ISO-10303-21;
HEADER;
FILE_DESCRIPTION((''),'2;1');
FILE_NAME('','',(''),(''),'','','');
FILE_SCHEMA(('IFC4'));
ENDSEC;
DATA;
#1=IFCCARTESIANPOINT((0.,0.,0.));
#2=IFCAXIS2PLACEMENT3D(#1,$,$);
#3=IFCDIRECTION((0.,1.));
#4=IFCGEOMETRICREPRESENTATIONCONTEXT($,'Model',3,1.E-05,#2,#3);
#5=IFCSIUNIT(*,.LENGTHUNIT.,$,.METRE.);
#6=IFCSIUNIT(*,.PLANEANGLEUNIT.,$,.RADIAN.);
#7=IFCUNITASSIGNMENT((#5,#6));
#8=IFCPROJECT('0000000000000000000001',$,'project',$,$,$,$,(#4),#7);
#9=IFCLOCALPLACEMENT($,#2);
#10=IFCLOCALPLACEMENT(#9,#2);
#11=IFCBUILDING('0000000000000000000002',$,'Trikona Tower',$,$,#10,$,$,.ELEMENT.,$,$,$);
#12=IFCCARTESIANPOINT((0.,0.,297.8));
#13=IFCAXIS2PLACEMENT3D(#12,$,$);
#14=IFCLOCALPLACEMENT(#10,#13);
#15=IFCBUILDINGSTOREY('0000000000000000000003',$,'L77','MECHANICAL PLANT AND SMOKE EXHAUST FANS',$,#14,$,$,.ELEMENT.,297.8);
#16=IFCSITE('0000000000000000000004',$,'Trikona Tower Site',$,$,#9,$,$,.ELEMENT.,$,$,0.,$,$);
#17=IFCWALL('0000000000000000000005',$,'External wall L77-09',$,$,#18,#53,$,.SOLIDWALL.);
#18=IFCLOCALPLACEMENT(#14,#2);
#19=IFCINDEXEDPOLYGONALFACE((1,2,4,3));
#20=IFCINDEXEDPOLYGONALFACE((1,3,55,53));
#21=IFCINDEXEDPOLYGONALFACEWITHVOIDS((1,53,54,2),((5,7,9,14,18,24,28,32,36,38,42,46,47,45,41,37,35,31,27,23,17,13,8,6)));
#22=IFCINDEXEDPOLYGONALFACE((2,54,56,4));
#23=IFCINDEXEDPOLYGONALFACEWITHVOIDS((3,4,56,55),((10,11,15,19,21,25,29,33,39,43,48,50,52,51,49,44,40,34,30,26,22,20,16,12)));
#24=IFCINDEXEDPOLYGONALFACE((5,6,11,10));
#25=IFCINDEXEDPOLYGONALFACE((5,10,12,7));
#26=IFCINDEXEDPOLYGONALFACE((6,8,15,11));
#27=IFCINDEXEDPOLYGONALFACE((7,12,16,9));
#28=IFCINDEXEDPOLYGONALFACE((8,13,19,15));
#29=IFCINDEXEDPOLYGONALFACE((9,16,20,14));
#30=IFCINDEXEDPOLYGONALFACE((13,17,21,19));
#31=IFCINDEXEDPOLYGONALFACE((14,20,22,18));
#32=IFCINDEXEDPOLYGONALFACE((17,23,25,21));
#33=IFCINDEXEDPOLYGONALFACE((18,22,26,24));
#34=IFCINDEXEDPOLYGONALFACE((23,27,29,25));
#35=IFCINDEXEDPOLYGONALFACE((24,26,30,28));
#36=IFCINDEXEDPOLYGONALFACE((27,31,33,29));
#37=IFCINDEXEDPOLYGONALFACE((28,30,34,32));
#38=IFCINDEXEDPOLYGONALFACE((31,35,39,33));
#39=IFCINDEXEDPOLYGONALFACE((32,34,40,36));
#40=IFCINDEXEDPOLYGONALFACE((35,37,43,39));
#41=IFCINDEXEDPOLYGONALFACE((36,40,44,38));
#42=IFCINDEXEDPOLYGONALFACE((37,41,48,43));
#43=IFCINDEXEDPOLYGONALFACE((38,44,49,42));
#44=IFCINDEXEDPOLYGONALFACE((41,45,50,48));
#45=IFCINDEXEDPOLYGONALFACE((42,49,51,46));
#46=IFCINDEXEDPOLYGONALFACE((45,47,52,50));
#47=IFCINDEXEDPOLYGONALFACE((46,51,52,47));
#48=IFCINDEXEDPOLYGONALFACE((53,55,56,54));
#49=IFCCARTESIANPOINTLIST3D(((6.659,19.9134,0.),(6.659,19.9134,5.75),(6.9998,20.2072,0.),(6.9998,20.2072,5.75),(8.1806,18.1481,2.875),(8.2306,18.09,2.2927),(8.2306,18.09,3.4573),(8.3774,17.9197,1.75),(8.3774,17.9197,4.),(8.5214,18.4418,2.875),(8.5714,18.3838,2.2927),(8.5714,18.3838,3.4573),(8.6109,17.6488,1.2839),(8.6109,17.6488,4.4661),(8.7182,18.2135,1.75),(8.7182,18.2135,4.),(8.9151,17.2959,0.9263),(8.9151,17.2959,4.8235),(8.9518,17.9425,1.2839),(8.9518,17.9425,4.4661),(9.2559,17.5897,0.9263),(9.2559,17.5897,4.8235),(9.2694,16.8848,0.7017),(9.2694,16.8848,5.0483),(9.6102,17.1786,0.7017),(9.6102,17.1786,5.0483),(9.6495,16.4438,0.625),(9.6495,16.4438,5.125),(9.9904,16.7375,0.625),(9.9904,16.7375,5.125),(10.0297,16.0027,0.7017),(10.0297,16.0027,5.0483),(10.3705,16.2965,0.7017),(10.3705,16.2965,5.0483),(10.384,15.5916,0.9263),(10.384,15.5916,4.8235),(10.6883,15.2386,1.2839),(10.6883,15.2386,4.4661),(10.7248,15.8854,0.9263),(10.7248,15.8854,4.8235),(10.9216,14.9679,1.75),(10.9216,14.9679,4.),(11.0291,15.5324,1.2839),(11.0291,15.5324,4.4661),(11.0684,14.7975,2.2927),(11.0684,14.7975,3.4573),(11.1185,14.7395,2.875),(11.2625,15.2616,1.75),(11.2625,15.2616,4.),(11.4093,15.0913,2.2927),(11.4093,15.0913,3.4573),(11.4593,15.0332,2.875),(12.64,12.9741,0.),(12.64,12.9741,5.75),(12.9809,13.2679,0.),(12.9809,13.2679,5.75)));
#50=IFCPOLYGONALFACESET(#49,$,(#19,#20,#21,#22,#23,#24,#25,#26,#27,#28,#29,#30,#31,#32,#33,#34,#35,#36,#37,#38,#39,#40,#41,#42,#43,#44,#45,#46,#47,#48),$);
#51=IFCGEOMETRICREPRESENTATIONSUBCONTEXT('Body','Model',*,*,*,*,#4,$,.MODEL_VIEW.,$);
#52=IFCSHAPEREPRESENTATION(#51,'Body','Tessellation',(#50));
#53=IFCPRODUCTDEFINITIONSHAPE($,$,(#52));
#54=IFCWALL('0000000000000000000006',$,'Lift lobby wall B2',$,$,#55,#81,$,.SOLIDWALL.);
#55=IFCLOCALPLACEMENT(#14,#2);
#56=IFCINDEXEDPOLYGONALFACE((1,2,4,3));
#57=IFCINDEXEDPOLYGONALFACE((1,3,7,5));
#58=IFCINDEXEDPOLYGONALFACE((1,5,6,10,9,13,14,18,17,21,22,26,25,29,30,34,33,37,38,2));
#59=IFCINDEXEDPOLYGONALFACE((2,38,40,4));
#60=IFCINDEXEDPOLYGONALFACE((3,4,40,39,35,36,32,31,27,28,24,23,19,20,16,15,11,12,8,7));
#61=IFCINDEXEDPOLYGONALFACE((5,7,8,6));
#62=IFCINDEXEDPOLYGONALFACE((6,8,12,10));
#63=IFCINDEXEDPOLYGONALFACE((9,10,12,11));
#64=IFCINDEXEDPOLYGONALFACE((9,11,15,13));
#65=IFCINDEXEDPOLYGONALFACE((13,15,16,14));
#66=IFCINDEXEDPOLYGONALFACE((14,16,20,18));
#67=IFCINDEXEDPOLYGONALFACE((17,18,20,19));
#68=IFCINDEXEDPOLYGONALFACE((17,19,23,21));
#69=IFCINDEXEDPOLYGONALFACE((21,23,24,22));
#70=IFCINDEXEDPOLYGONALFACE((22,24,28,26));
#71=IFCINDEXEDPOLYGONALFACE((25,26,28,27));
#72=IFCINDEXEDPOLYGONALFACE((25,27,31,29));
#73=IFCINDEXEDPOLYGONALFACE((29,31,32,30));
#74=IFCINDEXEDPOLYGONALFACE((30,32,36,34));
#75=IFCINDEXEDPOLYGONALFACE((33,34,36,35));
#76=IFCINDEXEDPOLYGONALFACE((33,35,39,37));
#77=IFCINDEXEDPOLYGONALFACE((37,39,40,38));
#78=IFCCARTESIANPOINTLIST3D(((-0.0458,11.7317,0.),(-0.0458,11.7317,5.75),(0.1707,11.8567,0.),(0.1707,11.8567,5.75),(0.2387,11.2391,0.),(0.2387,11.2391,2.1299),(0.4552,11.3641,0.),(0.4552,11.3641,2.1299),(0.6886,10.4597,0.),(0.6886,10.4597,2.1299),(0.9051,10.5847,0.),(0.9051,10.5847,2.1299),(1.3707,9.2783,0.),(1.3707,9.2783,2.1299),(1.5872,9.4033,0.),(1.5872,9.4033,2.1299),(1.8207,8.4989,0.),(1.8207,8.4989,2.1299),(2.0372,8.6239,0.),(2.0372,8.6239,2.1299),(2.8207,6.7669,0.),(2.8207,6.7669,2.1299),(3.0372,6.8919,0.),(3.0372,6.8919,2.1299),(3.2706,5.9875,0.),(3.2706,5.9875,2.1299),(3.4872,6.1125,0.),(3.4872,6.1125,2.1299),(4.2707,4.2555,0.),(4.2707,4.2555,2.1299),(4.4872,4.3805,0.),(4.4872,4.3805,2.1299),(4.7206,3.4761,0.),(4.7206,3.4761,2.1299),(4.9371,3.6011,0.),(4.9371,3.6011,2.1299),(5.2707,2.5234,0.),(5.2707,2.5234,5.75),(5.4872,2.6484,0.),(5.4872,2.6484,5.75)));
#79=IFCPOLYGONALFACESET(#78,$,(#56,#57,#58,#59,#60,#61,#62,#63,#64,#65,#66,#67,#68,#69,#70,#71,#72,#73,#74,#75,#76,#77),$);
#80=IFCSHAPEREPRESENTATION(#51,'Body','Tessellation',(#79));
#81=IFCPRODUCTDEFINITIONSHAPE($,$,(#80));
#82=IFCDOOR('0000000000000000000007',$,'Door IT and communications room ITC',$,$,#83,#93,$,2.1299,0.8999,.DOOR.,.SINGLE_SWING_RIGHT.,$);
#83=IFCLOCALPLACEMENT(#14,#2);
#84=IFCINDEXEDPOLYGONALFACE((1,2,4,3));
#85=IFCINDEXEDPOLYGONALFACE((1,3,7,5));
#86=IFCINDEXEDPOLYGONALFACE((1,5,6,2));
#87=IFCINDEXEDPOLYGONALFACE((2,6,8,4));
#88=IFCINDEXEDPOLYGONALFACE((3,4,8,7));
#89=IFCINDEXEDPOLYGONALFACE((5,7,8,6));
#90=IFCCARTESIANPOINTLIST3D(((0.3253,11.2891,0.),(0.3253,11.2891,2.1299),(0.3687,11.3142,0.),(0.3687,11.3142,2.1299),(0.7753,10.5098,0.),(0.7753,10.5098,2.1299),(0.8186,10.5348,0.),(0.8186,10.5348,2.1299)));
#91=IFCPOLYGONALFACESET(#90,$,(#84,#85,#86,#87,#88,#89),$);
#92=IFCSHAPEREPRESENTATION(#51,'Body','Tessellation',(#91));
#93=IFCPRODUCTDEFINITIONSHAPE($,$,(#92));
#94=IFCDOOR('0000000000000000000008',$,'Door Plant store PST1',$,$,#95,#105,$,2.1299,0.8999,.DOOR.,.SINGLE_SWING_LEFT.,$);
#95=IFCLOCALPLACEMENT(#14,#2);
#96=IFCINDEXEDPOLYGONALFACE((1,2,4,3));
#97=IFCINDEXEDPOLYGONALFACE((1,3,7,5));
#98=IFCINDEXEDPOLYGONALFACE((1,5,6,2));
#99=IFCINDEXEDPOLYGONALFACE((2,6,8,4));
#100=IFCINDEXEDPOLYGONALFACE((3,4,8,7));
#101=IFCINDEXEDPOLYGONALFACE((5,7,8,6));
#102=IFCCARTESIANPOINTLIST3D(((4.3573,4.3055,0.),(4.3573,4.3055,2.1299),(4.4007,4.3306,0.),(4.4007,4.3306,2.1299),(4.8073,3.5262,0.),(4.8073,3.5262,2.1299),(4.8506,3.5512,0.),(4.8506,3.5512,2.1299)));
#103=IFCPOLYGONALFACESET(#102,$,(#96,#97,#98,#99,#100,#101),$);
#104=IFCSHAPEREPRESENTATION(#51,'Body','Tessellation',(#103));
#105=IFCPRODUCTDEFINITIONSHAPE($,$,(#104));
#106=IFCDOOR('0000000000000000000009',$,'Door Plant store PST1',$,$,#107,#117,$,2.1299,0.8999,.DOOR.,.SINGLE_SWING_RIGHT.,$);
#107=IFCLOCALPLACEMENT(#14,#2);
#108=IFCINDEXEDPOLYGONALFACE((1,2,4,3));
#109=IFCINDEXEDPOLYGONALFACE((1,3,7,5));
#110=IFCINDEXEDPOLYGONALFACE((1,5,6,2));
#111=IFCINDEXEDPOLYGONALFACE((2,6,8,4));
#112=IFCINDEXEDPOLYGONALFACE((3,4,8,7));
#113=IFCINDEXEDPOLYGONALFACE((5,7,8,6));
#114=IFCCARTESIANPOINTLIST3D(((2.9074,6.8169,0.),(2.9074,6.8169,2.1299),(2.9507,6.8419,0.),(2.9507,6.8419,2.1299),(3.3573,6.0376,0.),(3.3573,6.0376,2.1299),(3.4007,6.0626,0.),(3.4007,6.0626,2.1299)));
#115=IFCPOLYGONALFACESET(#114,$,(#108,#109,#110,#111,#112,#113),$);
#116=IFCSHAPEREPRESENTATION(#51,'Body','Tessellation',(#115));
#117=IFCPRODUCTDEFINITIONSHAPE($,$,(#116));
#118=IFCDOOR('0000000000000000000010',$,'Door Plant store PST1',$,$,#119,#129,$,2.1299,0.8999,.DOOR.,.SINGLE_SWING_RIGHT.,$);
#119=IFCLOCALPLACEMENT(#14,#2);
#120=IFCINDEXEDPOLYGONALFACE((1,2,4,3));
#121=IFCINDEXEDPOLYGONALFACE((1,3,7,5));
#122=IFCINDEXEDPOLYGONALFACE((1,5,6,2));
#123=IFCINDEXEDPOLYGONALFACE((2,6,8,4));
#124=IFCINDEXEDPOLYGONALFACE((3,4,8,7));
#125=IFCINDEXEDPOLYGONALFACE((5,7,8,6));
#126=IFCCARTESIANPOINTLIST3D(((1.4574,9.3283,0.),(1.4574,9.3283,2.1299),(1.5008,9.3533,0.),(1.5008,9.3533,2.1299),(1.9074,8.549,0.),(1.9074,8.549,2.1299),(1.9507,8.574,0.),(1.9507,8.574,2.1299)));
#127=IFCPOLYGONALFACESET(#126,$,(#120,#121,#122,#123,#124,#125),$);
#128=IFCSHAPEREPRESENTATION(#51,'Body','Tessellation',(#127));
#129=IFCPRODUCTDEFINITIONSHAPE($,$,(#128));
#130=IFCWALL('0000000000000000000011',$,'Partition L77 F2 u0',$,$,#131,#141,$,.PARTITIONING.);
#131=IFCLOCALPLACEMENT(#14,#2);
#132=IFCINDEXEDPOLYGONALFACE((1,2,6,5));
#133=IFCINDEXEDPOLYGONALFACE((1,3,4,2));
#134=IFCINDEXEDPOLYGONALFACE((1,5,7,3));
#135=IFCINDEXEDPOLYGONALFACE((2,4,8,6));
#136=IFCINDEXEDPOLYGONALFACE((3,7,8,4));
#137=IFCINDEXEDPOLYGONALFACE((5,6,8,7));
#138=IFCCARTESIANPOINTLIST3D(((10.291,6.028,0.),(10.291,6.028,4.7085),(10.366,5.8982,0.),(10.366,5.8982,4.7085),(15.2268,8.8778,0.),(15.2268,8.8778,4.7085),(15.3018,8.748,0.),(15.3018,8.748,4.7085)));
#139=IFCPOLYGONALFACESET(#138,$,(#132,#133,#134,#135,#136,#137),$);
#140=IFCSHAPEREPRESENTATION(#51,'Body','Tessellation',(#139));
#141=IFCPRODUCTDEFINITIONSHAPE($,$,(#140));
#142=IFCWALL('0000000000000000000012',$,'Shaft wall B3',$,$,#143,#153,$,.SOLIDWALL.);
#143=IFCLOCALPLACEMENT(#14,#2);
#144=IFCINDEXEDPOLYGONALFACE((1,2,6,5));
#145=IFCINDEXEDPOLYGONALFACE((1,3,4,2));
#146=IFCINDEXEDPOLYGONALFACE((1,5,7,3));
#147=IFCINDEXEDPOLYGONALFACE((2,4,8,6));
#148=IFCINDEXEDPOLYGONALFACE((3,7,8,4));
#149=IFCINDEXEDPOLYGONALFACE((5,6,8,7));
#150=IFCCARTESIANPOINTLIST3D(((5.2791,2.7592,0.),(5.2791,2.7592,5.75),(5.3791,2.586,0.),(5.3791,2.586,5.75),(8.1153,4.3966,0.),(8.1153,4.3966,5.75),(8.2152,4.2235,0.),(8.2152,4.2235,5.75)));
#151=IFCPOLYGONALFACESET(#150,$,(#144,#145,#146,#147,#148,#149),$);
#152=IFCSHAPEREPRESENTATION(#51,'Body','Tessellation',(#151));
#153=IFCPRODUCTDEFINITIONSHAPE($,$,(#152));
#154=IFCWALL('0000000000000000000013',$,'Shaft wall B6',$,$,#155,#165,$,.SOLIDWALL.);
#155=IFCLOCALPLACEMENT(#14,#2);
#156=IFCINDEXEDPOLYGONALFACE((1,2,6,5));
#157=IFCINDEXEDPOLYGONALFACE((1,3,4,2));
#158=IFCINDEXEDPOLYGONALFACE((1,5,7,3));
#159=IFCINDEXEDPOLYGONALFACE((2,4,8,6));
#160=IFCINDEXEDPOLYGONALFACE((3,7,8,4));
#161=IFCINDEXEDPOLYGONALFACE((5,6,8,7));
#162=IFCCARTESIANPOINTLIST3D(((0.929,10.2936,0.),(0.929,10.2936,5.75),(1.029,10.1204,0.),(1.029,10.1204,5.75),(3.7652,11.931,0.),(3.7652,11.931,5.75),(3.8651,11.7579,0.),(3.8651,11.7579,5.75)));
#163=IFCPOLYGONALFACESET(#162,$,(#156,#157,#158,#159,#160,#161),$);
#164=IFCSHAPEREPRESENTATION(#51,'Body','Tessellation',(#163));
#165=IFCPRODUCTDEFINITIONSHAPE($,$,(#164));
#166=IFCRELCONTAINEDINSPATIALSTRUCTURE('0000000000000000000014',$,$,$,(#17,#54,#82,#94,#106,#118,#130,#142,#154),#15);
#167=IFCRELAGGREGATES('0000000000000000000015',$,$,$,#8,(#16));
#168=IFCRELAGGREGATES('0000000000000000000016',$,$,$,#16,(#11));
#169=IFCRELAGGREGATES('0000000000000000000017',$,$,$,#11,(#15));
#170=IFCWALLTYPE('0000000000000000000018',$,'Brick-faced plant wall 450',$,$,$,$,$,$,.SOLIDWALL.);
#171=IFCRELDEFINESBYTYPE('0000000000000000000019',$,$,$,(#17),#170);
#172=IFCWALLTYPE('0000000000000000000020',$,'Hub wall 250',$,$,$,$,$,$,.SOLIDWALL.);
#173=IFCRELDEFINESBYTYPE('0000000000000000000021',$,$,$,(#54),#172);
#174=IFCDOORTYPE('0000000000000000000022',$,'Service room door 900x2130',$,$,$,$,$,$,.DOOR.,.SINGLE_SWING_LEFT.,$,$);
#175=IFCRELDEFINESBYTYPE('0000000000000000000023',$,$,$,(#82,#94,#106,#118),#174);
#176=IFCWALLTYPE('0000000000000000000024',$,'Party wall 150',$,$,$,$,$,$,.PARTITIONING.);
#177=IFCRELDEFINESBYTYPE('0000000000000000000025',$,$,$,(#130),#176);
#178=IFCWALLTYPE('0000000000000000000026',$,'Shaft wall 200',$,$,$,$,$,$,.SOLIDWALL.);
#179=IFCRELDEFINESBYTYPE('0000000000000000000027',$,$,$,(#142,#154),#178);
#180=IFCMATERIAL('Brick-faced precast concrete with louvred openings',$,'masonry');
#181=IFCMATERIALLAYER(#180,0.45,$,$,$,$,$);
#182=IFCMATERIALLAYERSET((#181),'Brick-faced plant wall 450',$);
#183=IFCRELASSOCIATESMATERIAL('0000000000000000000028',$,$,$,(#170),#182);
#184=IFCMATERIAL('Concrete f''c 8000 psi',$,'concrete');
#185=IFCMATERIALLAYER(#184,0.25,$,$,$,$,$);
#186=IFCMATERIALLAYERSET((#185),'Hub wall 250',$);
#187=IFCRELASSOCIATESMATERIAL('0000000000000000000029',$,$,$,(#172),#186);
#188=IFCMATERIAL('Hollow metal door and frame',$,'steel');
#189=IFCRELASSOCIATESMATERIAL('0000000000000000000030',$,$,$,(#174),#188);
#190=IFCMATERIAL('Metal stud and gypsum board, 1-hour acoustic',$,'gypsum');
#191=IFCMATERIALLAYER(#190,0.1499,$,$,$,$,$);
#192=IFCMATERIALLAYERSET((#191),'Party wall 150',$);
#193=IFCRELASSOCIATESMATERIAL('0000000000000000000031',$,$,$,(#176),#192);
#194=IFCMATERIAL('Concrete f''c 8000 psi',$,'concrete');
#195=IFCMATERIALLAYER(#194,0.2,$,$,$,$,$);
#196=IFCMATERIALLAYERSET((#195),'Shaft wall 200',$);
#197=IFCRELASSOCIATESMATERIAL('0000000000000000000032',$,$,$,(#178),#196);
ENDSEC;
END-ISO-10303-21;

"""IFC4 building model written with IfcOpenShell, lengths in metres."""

from ifc_helpers import new_model, si_unit, direction, frame, frame_2d, origin, place, context, subcontext, project, spatial, polyline, rectangle, outline, extrude, material, layer, layer_set, type_object, element, fill, save


model = new_model("IFC4")

# Units and contexts
model_context = context("Model", 3, precision=1e-05, world=origin(), true_north=direction((0.0, 1.0)))
body_context = subcontext(model_context, "Body", "Model", "MODEL_VIEW")
ifc_project = project(units=[si_unit("LENGTHUNIT", "METRE"), si_unit("PLANEANGLEUNIT", "RADIAN")], contexts=[model_context])

# Site, building, storey
site_placement = place(None, origin())
site = spatial("IfcSite", under=ifc_project, at=site_placement, Name="Trikona Tower Site", CompositionType="ELEMENT", RefElevation=0.0)
building_placement = place(site_placement, origin())
building = spatial("IfcBuilding", under=site, at=building_placement, Name="Trikona Tower", CompositionType="ELEMENT")
storey_placement = place(building_placement, frame((0.0, 0.0, 297.8)))
storey = spatial("IfcBuildingStorey", under=building, at=storey_placement, Name="L77", Description="MECHANICAL PLANT AND SMOKE EXHAUST FANS", CompositionType="ELEMENT", Elevation=297.8)

# Wall
ifc_material_1 = material(Name="Brick-faced precast concrete with louvred openings", Category="masonry")
ifc_layer_1 = layer(ifc_material_1, 0.45)
ifc_layer_set_1 = layer_set([ifc_layer_1], Name="Brick-faced plant wall 450")
wall_type_1 = type_object("IfcWallType", Name="Brick-faced plant wall 450", PredefinedType="SOLIDWALL", material=ifc_layer_set_1)
wall_1_placement = place(storey_placement, frame((12.8105, 13.1211, 0.0), z_axis=(0.0, 0.0, 1.0), x_axis=(-0.65287, 0.75747, 0.0)))
element("IfcWall", 1, at=wall_1_placement, inside=storey, type_object=wall_type_1, Name="External wall L77-09", PredefinedType="SOLIDWALL", context=body_context, shape_type="SweptSolid", body=[
    extrude(outline(polyline([(0.0, 0.0), (9.1611, 0.0), (9.1611, 5.75), (0.0, 5.75), (0.0, 0.0)]), holes=[polyline([(6.8306, 2.875), (6.7539, 3.4573), (6.5291, 4.0), (6.1714, 4.4661), (5.7056, 4.8235), (5.1628, 5.0483), (4.5806, 5.125), (3.9983, 5.0483), (3.4556, 4.8235), (2.9895, 4.4661), (2.6321, 4.0), (2.4072, 3.4573), (2.3306, 2.875), (2.4072, 2.2927), (2.6321, 1.75), (2.9895, 1.2839), (3.4556, 0.9263), (3.9983, 0.7017), (4.5806, 0.625), (5.1628, 0.7017), (5.7056, 0.9263), (6.1714, 1.2839), (6.5291, 1.75), (6.7539, 2.2927), (6.8306, 2.875)])]), frame((0.0, 0.2251, 0.0), z_axis=(0.0, -1.0, 0.0), x_axis=(1.0, 0.0, 0.0)), (0.0, 0.0, 1.0), 0.45),
])

# Wall, openings, doors
ifc_material_2 = material(Name="Concrete f'c 8000 psi", Category="concrete")
ifc_layer_2 = layer(ifc_material_2, 0.25)
ifc_layer_set_2 = layer_set([ifc_layer_2], Name="Hub wall 250")
wall_type_2 = type_object("IfcWallType", Name="Hub wall 250", PredefinedType="SOLIDWALL", material=ifc_layer_set_2)
wall_2_placement = place(storey_placement, frame((5.3789, 2.5859, 0.0), z_axis=(0.0, 0.0, 1.0), x_axis=(-0.500001, 0.866025, 0.0)))
wall_2 = element("IfcWall", 2, at=wall_2_placement, inside=storey, type_object=wall_type_2, Name="Lift lobby wall B2", PredefinedType="SOLIDWALL", context=body_context, shape_type="SweptSolid", body=[
    extrude(rectangle(XDim=10.6328, YDim=0.25, at=frame_2d((5.3164, 0.0))), origin(), (0.0, 0.0, 1.0), 5.75),
])
opening_1_placement = place(wall_2_placement, frame((9.1641, 0.0, 0.0)))
opening_1 = element("IfcOpeningElement", 3, at=opening_1_placement, cuts=wall_2, PredefinedType="OPENING", context=body_context, shape_type="SweptSolid", body=[
    extrude(rectangle(XDim=0.8999, YDim=2.1299, at=frame_2d((0.45, 1.0649))), frame((0.0, 0.135, 0.0), z_axis=(0.0, -1.0, 0.0), x_axis=(1.0, 0.0, 0.0)), (0.0, 0.0, 1.0), 0.27),
])
opening_2_placement = place(wall_2_placement, frame((1.1001, 0.0, 0.0)))
opening_2 = element("IfcOpeningElement", 4, at=opening_2_placement, cuts=wall_2, PredefinedType="OPENING", context=body_context, shape_type="SweptSolid", body=[
    extrude(rectangle(XDim=0.8999, YDim=2.1299, at=frame_2d((0.45, 1.0649))), frame((0.0, 0.135, 0.0), z_axis=(0.0, -1.0, 0.0), x_axis=(1.0, 0.0, 0.0)), (0.0, 0.0, 1.0), 0.27),
])
opening_3_placement = place(wall_2_placement, frame((4.0, 0.0, 0.0)))
opening_3 = element("IfcOpeningElement", 5, at=opening_3_placement, cuts=wall_2, PredefinedType="OPENING", context=body_context, shape_type="SweptSolid", body=[
    extrude(rectangle(XDim=0.8999, YDim=2.1299, at=frame_2d((0.45, 1.0649))), frame((0.0, 0.135, 0.0), z_axis=(0.0, -1.0, 0.0), x_axis=(1.0, 0.0, 0.0)), (0.0, 0.0, 1.0), 0.27),
])
opening_4_placement = place(wall_2_placement, frame((6.8999, 0.0, 0.0)))
opening_4 = element("IfcOpeningElement", 6, at=opening_4_placement, cuts=wall_2, PredefinedType="OPENING", context=body_context, shape_type="SweptSolid", body=[
    extrude(rectangle(XDim=0.8999, YDim=2.1299, at=frame_2d((0.45, 1.0649))), frame((0.0, 0.135, 0.0), z_axis=(0.0, -1.0, 0.0), x_axis=(1.0, 0.0, 0.0)), (0.0, 0.0, 1.0), 0.27),
])
ifc_material_3 = material(Name="Hollow metal door and frame", Category="steel")
door_type = type_object("IfcDoorType", Name="Service room door 900x2130", OperationType="SINGLE_SWING_LEFT", PredefinedType="DOOR", material=ifc_material_3)
door_1_placement = place(opening_1_placement, origin())
door_1 = element("IfcDoor", 7, at=door_1_placement, inside=storey, type_object=door_type, Name="Door IT and communications room ITC", OperationType="SINGLE_SWING_RIGHT", OverallHeight=2.1299, OverallWidth=0.8999, PredefinedType="DOOR", context=body_context, shape_type="SweptSolid", body=[
    extrude(rectangle(XDim=0.8999, YDim=2.1299, at=frame_2d((0.45, 1.0649))), frame((0.0, 0.0249, 0.0), z_axis=(0.0, -1.0, 0.0), x_axis=(1.0, 0.0, 0.0)), (0.0, 0.0, 1.0), 0.05),
])
fill(opening_1, door_1)
door_2_placement = place(opening_2_placement, origin())
door_2 = element("IfcDoor", 8, at=door_2_placement, inside=storey, type_object=door_type, Name="Door Plant store PST1", OperationType="SINGLE_SWING_LEFT", OverallHeight=2.1299, OverallWidth=0.8999, PredefinedType="DOOR", context=body_context, shape_type="SweptSolid", body=[
    extrude(rectangle(XDim=0.8999, YDim=2.1299, at=frame_2d((0.45, 1.0649))), frame((0.0, 0.0249, 0.0), z_axis=(0.0, -1.0, 0.0), x_axis=(1.0, 0.0, 0.0)), (0.0, 0.0, 1.0), 0.05),
])
fill(opening_2, door_2)
door_3_placement = place(opening_3_placement, origin())
door_3 = element("IfcDoor", 9, at=door_3_placement, inside=storey, type_object=door_type, Name="Door Plant store PST1", OperationType="SINGLE_SWING_RIGHT", OverallHeight=2.1299, OverallWidth=0.8999, PredefinedType="DOOR", context=body_context, shape_type="SweptSolid", body=[
    extrude(rectangle(XDim=0.8999, YDim=2.1299, at=frame_2d((0.45, 1.0649))), frame((0.0, 0.0249, 0.0), z_axis=(0.0, -1.0, 0.0), x_axis=(1.0, 0.0, 0.0)), (0.0, 0.0, 1.0), 0.05),
])
fill(opening_3, door_3)
door_4_placement = place(opening_4_placement, origin())
door_4 = element("IfcDoor", 10, at=door_4_placement, inside=storey, type_object=door_type, Name="Door Plant store PST1", OperationType="SINGLE_SWING_RIGHT", OverallHeight=2.1299, OverallWidth=0.8999, PredefinedType="DOOR", context=body_context, shape_type="SweptSolid", body=[
    extrude(rectangle(XDim=0.8999, YDim=2.1299, at=frame_2d((0.45, 1.0649))), frame((0.0, 0.0249, 0.0), z_axis=(0.0, -1.0, 0.0), x_axis=(1.0, 0.0, 0.0)), (0.0, 0.0, 1.0), 0.05),
])
fill(opening_4, door_4)

# Walls
ifc_material_4 = material(Name="Metal stud and gypsum board, 1-hour acoustic", Category="gypsum")
ifc_layer_3 = layer(ifc_material_4, 0.1499)
ifc_layer_set_3 = layer_set([ifc_layer_3], Name="Party wall 150")
wall_type_3 = type_object("IfcWallType", Name="Party wall 150", PredefinedType="PARTITIONING", material=ifc_layer_set_3)
wall_3_placement = place(storey_placement, frame((10.3286, 5.9631, 0.0), z_axis=(0.0, 0.0, 1.0), x_axis=(0.866012, 0.500023, 0.0)))
element("IfcWall", 11, at=wall_3_placement, inside=storey, type_object=wall_type_3, Name="Partition L77 F2 u0", PredefinedType="PARTITIONING", context=body_context, shape_type="SweptSolid", body=[
    extrude(rectangle(XDim=5.6995, YDim=0.1499, at=frame_2d((2.8496, 0.0))), origin(), (0.0, 0.0, 1.0), 4.7085),
])
ifc_material_5 = material(Name="Concrete f'c 8000 psi", Category="concrete")
ifc_layer_4 = layer(ifc_material_5, 0.2)
ifc_layer_set_4 = layer_set([ifc_layer_4], Name="Shaft wall 200")
wall_type_4 = type_object("IfcWallType", Name="Shaft wall 200", PredefinedType="SOLIDWALL", material=ifc_layer_set_4)
for number, where, z_axis, x_axis, name in (
    (12, (5.3291, 2.6726, 0.0), (0.0, 0.0, 1.0), (0.866028, 0.499996, 0.0), "Shaft wall B3"),
    (13, (0.979, 10.207, 0.0), (0.0, 0.0, 1.0), (0.866028, 0.499996, 0.0), "Shaft wall B6"),
):
    element("IfcWall", number, at=place(storey_placement, frame(where, z_axis=z_axis, x_axis=x_axis)), inside=storey, type_object=wall_type_4, Name=name, PredefinedType="SOLIDWALL", context=body_context, shape_type="SweptSolid", body=[
        extrude(rectangle(XDim=3.2749, YDim=0.2, at=frame_2d((1.6375, 0.0))), origin(), (0.0, 0.0, 1.0), 5.75),
    ])

save(model, "model.ifc")
